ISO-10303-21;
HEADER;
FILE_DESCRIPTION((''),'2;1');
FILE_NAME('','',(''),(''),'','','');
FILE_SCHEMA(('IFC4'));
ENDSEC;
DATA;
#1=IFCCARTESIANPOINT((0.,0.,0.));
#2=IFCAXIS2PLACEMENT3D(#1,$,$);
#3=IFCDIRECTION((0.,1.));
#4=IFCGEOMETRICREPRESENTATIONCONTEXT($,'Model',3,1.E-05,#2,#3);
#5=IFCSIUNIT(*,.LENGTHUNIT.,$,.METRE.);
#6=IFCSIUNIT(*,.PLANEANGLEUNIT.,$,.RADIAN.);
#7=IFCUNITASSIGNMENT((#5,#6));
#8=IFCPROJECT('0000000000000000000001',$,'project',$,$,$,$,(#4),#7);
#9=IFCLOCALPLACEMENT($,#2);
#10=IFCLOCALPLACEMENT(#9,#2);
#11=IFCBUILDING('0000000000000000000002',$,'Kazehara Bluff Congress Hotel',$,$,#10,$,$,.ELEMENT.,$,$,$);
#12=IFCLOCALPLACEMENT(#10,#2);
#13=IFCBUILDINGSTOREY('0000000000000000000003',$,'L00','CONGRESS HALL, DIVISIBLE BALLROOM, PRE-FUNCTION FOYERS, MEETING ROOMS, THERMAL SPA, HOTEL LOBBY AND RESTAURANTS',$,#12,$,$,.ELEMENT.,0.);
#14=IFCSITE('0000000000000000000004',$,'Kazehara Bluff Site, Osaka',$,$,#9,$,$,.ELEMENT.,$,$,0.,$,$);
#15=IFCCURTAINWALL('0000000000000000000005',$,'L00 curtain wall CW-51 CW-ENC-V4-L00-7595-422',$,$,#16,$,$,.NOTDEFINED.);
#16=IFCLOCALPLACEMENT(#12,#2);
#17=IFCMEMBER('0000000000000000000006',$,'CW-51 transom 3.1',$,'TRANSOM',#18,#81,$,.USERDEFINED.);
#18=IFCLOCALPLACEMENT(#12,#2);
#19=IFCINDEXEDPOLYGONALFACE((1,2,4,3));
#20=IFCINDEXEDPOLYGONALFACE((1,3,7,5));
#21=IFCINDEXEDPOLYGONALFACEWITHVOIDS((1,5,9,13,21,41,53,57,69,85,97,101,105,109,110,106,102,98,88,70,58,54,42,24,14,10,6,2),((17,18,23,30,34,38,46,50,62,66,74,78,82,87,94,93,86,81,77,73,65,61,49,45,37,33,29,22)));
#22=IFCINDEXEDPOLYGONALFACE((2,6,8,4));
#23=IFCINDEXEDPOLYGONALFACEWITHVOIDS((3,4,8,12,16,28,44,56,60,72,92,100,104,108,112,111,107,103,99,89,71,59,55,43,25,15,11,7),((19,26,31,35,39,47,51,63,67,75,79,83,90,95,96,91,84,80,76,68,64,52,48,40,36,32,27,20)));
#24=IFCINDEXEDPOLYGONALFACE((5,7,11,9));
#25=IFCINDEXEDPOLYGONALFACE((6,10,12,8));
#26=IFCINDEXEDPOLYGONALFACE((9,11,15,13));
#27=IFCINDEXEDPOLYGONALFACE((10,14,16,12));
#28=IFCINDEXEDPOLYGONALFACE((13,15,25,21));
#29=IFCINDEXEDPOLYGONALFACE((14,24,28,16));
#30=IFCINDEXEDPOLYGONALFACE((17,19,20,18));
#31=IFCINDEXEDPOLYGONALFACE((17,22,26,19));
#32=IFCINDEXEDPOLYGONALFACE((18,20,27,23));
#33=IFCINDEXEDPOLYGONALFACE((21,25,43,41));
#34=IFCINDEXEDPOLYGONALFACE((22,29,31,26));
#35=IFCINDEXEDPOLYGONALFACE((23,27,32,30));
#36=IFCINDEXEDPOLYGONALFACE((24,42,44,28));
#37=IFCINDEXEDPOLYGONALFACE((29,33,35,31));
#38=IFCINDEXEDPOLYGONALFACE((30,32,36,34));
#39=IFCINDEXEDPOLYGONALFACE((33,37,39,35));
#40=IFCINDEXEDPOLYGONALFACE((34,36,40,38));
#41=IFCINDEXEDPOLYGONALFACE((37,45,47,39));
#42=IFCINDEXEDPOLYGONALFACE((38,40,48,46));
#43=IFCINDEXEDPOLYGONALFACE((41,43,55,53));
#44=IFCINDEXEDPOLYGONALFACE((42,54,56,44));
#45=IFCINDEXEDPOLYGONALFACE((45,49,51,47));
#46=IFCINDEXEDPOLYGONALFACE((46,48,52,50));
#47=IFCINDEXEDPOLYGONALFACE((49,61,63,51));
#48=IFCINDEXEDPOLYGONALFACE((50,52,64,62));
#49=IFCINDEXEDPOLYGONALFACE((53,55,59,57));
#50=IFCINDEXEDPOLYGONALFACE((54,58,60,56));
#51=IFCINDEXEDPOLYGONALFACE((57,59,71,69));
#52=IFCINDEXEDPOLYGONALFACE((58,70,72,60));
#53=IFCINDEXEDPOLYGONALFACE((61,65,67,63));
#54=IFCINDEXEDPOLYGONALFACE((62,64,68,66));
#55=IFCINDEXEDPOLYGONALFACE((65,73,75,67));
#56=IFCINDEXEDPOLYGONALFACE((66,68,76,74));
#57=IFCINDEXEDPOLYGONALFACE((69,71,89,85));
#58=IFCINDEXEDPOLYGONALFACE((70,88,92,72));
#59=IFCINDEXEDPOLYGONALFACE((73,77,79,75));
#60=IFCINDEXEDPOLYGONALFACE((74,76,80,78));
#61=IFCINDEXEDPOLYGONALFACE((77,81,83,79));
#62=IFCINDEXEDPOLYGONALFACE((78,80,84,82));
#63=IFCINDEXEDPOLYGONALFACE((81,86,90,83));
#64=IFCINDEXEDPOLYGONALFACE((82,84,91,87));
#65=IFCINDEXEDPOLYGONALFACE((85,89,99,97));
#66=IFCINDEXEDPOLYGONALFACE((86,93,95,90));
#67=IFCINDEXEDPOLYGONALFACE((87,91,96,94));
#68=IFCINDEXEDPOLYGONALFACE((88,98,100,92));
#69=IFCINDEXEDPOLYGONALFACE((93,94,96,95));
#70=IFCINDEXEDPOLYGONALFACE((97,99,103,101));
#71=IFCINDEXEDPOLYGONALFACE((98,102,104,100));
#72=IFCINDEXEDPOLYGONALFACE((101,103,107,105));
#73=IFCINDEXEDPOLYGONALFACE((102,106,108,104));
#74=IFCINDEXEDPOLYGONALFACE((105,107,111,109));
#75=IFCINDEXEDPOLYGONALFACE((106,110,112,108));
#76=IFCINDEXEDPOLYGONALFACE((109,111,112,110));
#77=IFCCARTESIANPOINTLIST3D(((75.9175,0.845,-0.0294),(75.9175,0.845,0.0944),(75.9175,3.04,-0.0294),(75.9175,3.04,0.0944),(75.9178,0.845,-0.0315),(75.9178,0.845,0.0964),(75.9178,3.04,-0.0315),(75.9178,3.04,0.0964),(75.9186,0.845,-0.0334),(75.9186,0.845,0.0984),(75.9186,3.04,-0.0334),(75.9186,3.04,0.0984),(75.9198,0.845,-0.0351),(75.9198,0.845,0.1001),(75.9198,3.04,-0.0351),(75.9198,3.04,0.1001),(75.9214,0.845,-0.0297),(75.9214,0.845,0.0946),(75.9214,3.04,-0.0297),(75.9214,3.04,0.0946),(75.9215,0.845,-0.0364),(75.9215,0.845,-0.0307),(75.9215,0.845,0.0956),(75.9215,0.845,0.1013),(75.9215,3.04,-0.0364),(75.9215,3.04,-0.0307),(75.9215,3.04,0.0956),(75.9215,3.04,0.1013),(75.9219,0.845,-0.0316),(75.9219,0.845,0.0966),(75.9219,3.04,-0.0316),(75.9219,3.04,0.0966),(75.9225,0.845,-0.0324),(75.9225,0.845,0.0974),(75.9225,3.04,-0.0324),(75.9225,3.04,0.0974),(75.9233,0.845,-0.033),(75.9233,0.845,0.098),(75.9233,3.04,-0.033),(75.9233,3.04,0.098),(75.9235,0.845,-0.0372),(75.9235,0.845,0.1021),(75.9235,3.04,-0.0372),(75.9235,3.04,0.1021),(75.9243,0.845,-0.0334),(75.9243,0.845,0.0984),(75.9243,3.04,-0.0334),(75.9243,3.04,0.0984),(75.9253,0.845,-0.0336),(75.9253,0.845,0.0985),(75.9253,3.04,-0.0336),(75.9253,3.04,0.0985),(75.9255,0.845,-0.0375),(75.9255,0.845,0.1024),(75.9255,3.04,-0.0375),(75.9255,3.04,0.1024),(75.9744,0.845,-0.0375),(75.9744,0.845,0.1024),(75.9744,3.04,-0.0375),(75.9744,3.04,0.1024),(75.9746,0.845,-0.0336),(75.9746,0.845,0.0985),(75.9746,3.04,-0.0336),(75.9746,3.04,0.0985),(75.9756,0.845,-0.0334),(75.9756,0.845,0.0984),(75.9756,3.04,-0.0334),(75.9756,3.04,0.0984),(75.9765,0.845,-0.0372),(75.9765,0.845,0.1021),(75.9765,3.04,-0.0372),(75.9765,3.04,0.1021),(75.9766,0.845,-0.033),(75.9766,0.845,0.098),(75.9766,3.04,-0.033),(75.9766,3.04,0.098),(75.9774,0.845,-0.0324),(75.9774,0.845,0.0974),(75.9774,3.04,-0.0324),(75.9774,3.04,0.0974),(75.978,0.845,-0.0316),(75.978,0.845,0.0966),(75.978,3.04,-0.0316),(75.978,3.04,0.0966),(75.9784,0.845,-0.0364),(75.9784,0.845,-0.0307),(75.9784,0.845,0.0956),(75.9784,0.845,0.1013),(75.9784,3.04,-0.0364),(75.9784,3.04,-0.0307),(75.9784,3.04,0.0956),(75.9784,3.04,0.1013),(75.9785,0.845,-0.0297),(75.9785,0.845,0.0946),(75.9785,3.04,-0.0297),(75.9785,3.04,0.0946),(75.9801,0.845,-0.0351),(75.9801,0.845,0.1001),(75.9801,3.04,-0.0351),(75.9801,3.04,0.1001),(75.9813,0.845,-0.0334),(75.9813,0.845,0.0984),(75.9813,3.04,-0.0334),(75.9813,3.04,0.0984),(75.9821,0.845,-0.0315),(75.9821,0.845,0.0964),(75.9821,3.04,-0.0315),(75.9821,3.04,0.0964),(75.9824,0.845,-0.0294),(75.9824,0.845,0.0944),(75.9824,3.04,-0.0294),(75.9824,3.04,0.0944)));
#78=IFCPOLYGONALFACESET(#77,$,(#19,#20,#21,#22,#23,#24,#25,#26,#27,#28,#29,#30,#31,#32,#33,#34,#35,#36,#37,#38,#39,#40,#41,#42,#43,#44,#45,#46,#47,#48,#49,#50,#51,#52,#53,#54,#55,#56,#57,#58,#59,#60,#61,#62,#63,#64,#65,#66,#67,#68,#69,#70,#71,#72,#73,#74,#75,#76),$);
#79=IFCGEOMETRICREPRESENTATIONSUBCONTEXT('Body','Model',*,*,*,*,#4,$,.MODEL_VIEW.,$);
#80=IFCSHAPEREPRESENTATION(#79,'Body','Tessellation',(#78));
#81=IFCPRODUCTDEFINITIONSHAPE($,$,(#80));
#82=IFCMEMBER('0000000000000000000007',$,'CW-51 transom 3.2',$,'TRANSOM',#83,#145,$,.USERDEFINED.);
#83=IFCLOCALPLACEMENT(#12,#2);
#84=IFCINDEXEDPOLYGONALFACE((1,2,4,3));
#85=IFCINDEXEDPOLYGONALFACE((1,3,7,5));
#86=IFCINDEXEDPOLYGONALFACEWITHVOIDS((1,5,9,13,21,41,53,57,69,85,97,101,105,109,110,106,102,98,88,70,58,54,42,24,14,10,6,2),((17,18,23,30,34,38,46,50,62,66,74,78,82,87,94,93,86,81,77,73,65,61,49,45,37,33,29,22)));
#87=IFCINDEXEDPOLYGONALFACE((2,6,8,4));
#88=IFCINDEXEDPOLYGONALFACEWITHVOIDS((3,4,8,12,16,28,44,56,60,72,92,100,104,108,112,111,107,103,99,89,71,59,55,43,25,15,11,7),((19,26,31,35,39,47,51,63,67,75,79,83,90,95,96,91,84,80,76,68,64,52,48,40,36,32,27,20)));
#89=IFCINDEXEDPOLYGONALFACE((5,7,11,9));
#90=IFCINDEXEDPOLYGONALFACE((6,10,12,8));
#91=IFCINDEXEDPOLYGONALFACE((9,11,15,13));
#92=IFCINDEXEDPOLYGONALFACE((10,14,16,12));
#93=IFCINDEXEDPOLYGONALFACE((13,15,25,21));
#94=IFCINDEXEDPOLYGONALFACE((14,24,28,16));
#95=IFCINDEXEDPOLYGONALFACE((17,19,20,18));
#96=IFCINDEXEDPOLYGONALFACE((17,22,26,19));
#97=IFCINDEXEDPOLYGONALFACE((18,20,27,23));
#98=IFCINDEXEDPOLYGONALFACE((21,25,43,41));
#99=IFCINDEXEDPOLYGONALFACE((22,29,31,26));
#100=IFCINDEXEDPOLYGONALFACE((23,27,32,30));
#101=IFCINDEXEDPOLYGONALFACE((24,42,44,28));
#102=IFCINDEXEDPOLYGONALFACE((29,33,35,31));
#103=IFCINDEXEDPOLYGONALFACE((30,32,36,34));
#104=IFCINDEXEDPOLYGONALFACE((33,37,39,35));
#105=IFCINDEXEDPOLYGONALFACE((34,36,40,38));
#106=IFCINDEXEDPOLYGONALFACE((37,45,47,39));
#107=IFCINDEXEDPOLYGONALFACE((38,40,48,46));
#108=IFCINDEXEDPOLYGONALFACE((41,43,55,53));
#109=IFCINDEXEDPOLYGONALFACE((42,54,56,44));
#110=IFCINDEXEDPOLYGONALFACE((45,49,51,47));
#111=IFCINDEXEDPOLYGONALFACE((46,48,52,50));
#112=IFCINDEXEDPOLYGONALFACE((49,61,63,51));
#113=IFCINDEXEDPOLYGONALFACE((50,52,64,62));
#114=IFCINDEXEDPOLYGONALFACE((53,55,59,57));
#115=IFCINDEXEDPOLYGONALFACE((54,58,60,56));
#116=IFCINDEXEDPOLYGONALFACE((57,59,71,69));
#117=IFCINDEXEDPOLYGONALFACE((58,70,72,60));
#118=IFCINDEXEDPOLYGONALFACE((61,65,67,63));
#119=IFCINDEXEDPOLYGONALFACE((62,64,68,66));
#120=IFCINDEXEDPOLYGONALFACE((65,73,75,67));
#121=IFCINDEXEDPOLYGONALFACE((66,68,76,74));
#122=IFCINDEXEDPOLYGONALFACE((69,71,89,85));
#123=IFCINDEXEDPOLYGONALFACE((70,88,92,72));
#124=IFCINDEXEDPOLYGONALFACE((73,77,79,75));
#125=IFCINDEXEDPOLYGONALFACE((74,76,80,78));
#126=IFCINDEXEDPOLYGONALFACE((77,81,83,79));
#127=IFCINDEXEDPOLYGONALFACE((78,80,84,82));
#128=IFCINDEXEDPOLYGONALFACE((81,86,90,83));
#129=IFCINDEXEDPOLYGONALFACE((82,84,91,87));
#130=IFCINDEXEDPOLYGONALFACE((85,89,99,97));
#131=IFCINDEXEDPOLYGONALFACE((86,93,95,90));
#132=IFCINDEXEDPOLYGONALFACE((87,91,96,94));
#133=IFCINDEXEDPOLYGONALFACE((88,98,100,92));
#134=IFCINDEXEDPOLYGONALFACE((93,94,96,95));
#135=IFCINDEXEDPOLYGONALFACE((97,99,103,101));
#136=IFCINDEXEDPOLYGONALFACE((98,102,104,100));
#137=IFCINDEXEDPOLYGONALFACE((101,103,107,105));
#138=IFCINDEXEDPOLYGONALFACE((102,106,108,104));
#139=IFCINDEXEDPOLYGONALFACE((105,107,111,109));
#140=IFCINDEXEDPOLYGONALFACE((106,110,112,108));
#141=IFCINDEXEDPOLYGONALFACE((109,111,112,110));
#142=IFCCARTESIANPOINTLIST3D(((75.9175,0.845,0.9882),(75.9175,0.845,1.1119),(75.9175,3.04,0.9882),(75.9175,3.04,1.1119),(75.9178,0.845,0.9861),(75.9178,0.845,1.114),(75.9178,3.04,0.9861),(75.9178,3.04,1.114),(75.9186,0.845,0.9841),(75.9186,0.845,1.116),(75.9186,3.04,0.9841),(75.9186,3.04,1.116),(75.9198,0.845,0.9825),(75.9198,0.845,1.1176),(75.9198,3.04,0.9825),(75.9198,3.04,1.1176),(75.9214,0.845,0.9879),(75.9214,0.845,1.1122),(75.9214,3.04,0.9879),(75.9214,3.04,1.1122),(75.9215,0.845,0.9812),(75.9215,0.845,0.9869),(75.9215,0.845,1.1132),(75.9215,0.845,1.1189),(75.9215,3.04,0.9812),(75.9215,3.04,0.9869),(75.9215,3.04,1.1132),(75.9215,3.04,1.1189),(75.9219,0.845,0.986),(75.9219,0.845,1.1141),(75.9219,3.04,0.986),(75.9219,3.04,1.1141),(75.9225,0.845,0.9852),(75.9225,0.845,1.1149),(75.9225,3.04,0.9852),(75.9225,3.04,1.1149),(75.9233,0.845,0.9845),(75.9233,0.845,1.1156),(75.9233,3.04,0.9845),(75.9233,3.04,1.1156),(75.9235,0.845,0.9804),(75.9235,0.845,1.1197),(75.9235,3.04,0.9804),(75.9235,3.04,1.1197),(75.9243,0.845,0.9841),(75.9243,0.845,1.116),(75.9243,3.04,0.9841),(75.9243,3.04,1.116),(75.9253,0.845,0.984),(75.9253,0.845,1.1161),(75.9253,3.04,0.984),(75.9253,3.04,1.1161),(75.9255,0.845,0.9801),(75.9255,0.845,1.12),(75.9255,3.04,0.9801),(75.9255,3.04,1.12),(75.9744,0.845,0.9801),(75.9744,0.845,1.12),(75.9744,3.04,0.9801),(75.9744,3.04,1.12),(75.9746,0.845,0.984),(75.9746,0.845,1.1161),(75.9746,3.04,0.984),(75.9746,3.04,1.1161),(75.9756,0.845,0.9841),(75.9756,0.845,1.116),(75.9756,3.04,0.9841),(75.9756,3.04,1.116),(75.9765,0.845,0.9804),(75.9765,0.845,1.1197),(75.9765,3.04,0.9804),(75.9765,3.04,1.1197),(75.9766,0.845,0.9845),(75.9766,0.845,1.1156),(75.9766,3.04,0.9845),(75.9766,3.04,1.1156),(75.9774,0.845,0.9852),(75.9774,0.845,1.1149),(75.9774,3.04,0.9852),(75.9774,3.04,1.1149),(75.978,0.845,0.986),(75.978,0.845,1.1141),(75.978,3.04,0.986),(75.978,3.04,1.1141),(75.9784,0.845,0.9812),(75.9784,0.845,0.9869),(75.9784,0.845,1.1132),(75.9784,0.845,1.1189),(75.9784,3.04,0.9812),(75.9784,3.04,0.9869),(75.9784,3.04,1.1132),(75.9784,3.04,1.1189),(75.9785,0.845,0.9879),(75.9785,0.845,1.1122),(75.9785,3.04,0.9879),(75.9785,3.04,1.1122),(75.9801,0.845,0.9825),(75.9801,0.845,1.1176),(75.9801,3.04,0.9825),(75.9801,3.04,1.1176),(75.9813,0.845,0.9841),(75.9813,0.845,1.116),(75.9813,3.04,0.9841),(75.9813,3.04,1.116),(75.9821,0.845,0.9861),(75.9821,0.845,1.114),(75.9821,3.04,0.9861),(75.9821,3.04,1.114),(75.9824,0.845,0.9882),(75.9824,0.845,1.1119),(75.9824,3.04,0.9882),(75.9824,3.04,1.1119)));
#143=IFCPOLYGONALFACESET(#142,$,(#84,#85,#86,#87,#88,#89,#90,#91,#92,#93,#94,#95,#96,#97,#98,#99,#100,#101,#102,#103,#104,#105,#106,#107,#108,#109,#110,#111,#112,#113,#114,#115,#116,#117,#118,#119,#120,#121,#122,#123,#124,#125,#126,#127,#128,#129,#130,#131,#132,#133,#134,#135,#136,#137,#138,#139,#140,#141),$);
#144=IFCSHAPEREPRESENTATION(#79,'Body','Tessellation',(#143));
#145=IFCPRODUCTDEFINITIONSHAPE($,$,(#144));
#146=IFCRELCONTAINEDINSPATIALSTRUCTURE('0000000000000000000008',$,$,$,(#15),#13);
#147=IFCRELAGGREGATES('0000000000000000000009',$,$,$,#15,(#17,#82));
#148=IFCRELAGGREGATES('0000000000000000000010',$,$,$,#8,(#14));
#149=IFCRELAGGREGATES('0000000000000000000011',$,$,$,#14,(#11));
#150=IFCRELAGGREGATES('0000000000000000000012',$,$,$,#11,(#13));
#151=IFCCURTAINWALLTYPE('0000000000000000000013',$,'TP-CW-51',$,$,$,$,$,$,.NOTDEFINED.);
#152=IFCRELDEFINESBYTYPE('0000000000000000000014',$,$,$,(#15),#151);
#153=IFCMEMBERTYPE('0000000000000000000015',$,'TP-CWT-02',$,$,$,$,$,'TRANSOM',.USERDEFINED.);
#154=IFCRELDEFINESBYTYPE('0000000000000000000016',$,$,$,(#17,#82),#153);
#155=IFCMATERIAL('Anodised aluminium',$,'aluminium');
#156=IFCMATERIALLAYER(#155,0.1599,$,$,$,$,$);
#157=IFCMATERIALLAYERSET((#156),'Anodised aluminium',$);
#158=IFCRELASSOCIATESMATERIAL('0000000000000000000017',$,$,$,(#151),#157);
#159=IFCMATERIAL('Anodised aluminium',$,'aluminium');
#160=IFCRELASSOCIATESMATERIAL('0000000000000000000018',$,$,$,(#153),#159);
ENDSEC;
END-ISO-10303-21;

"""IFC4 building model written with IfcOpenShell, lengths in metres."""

from ifc_helpers import new_model, si_unit, direction, frame, origin, origin_2d, place, context, subcontext, project, spatial, hollow_rectangle, extrude, material, layer, layer_set, material_profile, profile_set, type_object, element, aggregate, save


model = new_model("IFC4")

# Units and contexts
model_context = context("Model", 3, precision=1e-05, world=origin(), true_north=direction((0.0, 1.0)))
body_context = subcontext(model_context, "Body", "Model", "MODEL_VIEW")
ifc_project = project(units=[si_unit("LENGTHUNIT", "METRE"), si_unit("PLANEANGLEUNIT", "RADIAN")], contexts=[model_context])

# Site, building, storey
site_placement = place(None, origin())
site = spatial("IfcSite", under=ifc_project, at=site_placement, Name="Kazehara Bluff Site, Osaka", CompositionType="ELEMENT", RefElevation=0.0)
building_placement = place(site_placement, origin())
building = spatial("IfcBuilding", under=site, at=building_placement, Name="Kazehara Bluff Congress Hotel", CompositionType="ELEMENT")
storey_placement = place(building_placement, origin())
storey = spatial("IfcBuildingStorey", under=building, at=storey_placement, Name="L00", Description="CONGRESS HALL, DIVISIBLE BALLROOM, PRE-FUNCTION FOYERS, MEETING ROOMS, THERMAL SPA, HOTEL LOBBY AND RESTAURANTS", CompositionType="ELEMENT", Elevation=0.0)

# Curtain wall
ifc_material_1 = material(Name="Anodised aluminium", Category="aluminium")
ifc_layer_1 = layer(ifc_material_1, 0.1599)
ifc_layer_set_1 = layer_set([ifc_layer_1], Name="Anodised aluminium")
curtain_wall_type_1 = type_object("IfcCurtainWallType", Name="TP-CW-51", PredefinedType="NOTDEFINED", material=ifc_layer_set_1)
curtain_wall_1_placement = place(storey_placement, origin())
curtain_wall_1 = element("IfcCurtainWall", 1, at=curtain_wall_1_placement, inside=storey, type_object=curtain_wall_type_1, Name="L00 curtain wall CW-51 CW-ENC-V4-L00-7595-422", PredefinedType="NOTDEFINED")

# Members
ifc_material_2 = material(Name="Anodised aluminium", Category="aluminium")
ifc_material_profile_1 = material_profile(ifc_material_2, hollow_rectangle(XDim=0.0649, YDim=0.1399, WallThickness=0.0039, InnerFilletRadius=0.0039, OuterFilletRadius=0.0081, at=origin_2d()))
ifc_profile_set_1 = profile_set([ifc_material_profile_1], Name="Anodised aluminium")
member_type_1 = type_object("IfcMemberType", Name="TP-CWT-02", ElementType="TRANSOM", PredefinedType="USERDEFINED", material=ifc_profile_set_1)
member_1_placement = place(storey_placement, frame((75.95, 3.04, 0.0325), z_axis=(0.0, -1.0, 0.0), x_axis=(1.0, 0.0, 0.0)))
member_1 = element("IfcMember", 2, at=member_1_placement, type_object=member_type_1, Name="CW-51 transom 3.1", ObjectType="TRANSOM", PredefinedType="USERDEFINED", context=body_context, shape_type="SweptSolid", body=[
    extrude(hollow_rectangle(XDim=0.0649, YDim=0.1399, WallThickness=0.0039, InnerFilletRadius=0.0039, OuterFilletRadius=0.0081, at=origin_2d()), origin(), (0.0, 0.0, 1.0), 2.1951),
])
member_2_placement = place(storey_placement, frame((75.95, 3.04, 1.05), z_axis=(0.0, -1.0, 0.0), x_axis=(1.0, 0.0, 0.0)))
member_2 = element("IfcMember", 3, at=member_2_placement, type_object=member_type_1, Name="CW-51 transom 3.2", ObjectType="TRANSOM", PredefinedType="USERDEFINED", context=body_context, shape_type="SweptSolid", body=[
    extrude(hollow_rectangle(XDim=0.0649, YDim=0.1399, WallThickness=0.0039, InnerFilletRadius=0.0039, OuterFilletRadius=0.0081, at=origin_2d()), origin(), (0.0, 0.0, 1.0), 2.1951),
])

aggregate(curtain_wall_1, [member_1, member_2])

save(model, "model.ifc")
